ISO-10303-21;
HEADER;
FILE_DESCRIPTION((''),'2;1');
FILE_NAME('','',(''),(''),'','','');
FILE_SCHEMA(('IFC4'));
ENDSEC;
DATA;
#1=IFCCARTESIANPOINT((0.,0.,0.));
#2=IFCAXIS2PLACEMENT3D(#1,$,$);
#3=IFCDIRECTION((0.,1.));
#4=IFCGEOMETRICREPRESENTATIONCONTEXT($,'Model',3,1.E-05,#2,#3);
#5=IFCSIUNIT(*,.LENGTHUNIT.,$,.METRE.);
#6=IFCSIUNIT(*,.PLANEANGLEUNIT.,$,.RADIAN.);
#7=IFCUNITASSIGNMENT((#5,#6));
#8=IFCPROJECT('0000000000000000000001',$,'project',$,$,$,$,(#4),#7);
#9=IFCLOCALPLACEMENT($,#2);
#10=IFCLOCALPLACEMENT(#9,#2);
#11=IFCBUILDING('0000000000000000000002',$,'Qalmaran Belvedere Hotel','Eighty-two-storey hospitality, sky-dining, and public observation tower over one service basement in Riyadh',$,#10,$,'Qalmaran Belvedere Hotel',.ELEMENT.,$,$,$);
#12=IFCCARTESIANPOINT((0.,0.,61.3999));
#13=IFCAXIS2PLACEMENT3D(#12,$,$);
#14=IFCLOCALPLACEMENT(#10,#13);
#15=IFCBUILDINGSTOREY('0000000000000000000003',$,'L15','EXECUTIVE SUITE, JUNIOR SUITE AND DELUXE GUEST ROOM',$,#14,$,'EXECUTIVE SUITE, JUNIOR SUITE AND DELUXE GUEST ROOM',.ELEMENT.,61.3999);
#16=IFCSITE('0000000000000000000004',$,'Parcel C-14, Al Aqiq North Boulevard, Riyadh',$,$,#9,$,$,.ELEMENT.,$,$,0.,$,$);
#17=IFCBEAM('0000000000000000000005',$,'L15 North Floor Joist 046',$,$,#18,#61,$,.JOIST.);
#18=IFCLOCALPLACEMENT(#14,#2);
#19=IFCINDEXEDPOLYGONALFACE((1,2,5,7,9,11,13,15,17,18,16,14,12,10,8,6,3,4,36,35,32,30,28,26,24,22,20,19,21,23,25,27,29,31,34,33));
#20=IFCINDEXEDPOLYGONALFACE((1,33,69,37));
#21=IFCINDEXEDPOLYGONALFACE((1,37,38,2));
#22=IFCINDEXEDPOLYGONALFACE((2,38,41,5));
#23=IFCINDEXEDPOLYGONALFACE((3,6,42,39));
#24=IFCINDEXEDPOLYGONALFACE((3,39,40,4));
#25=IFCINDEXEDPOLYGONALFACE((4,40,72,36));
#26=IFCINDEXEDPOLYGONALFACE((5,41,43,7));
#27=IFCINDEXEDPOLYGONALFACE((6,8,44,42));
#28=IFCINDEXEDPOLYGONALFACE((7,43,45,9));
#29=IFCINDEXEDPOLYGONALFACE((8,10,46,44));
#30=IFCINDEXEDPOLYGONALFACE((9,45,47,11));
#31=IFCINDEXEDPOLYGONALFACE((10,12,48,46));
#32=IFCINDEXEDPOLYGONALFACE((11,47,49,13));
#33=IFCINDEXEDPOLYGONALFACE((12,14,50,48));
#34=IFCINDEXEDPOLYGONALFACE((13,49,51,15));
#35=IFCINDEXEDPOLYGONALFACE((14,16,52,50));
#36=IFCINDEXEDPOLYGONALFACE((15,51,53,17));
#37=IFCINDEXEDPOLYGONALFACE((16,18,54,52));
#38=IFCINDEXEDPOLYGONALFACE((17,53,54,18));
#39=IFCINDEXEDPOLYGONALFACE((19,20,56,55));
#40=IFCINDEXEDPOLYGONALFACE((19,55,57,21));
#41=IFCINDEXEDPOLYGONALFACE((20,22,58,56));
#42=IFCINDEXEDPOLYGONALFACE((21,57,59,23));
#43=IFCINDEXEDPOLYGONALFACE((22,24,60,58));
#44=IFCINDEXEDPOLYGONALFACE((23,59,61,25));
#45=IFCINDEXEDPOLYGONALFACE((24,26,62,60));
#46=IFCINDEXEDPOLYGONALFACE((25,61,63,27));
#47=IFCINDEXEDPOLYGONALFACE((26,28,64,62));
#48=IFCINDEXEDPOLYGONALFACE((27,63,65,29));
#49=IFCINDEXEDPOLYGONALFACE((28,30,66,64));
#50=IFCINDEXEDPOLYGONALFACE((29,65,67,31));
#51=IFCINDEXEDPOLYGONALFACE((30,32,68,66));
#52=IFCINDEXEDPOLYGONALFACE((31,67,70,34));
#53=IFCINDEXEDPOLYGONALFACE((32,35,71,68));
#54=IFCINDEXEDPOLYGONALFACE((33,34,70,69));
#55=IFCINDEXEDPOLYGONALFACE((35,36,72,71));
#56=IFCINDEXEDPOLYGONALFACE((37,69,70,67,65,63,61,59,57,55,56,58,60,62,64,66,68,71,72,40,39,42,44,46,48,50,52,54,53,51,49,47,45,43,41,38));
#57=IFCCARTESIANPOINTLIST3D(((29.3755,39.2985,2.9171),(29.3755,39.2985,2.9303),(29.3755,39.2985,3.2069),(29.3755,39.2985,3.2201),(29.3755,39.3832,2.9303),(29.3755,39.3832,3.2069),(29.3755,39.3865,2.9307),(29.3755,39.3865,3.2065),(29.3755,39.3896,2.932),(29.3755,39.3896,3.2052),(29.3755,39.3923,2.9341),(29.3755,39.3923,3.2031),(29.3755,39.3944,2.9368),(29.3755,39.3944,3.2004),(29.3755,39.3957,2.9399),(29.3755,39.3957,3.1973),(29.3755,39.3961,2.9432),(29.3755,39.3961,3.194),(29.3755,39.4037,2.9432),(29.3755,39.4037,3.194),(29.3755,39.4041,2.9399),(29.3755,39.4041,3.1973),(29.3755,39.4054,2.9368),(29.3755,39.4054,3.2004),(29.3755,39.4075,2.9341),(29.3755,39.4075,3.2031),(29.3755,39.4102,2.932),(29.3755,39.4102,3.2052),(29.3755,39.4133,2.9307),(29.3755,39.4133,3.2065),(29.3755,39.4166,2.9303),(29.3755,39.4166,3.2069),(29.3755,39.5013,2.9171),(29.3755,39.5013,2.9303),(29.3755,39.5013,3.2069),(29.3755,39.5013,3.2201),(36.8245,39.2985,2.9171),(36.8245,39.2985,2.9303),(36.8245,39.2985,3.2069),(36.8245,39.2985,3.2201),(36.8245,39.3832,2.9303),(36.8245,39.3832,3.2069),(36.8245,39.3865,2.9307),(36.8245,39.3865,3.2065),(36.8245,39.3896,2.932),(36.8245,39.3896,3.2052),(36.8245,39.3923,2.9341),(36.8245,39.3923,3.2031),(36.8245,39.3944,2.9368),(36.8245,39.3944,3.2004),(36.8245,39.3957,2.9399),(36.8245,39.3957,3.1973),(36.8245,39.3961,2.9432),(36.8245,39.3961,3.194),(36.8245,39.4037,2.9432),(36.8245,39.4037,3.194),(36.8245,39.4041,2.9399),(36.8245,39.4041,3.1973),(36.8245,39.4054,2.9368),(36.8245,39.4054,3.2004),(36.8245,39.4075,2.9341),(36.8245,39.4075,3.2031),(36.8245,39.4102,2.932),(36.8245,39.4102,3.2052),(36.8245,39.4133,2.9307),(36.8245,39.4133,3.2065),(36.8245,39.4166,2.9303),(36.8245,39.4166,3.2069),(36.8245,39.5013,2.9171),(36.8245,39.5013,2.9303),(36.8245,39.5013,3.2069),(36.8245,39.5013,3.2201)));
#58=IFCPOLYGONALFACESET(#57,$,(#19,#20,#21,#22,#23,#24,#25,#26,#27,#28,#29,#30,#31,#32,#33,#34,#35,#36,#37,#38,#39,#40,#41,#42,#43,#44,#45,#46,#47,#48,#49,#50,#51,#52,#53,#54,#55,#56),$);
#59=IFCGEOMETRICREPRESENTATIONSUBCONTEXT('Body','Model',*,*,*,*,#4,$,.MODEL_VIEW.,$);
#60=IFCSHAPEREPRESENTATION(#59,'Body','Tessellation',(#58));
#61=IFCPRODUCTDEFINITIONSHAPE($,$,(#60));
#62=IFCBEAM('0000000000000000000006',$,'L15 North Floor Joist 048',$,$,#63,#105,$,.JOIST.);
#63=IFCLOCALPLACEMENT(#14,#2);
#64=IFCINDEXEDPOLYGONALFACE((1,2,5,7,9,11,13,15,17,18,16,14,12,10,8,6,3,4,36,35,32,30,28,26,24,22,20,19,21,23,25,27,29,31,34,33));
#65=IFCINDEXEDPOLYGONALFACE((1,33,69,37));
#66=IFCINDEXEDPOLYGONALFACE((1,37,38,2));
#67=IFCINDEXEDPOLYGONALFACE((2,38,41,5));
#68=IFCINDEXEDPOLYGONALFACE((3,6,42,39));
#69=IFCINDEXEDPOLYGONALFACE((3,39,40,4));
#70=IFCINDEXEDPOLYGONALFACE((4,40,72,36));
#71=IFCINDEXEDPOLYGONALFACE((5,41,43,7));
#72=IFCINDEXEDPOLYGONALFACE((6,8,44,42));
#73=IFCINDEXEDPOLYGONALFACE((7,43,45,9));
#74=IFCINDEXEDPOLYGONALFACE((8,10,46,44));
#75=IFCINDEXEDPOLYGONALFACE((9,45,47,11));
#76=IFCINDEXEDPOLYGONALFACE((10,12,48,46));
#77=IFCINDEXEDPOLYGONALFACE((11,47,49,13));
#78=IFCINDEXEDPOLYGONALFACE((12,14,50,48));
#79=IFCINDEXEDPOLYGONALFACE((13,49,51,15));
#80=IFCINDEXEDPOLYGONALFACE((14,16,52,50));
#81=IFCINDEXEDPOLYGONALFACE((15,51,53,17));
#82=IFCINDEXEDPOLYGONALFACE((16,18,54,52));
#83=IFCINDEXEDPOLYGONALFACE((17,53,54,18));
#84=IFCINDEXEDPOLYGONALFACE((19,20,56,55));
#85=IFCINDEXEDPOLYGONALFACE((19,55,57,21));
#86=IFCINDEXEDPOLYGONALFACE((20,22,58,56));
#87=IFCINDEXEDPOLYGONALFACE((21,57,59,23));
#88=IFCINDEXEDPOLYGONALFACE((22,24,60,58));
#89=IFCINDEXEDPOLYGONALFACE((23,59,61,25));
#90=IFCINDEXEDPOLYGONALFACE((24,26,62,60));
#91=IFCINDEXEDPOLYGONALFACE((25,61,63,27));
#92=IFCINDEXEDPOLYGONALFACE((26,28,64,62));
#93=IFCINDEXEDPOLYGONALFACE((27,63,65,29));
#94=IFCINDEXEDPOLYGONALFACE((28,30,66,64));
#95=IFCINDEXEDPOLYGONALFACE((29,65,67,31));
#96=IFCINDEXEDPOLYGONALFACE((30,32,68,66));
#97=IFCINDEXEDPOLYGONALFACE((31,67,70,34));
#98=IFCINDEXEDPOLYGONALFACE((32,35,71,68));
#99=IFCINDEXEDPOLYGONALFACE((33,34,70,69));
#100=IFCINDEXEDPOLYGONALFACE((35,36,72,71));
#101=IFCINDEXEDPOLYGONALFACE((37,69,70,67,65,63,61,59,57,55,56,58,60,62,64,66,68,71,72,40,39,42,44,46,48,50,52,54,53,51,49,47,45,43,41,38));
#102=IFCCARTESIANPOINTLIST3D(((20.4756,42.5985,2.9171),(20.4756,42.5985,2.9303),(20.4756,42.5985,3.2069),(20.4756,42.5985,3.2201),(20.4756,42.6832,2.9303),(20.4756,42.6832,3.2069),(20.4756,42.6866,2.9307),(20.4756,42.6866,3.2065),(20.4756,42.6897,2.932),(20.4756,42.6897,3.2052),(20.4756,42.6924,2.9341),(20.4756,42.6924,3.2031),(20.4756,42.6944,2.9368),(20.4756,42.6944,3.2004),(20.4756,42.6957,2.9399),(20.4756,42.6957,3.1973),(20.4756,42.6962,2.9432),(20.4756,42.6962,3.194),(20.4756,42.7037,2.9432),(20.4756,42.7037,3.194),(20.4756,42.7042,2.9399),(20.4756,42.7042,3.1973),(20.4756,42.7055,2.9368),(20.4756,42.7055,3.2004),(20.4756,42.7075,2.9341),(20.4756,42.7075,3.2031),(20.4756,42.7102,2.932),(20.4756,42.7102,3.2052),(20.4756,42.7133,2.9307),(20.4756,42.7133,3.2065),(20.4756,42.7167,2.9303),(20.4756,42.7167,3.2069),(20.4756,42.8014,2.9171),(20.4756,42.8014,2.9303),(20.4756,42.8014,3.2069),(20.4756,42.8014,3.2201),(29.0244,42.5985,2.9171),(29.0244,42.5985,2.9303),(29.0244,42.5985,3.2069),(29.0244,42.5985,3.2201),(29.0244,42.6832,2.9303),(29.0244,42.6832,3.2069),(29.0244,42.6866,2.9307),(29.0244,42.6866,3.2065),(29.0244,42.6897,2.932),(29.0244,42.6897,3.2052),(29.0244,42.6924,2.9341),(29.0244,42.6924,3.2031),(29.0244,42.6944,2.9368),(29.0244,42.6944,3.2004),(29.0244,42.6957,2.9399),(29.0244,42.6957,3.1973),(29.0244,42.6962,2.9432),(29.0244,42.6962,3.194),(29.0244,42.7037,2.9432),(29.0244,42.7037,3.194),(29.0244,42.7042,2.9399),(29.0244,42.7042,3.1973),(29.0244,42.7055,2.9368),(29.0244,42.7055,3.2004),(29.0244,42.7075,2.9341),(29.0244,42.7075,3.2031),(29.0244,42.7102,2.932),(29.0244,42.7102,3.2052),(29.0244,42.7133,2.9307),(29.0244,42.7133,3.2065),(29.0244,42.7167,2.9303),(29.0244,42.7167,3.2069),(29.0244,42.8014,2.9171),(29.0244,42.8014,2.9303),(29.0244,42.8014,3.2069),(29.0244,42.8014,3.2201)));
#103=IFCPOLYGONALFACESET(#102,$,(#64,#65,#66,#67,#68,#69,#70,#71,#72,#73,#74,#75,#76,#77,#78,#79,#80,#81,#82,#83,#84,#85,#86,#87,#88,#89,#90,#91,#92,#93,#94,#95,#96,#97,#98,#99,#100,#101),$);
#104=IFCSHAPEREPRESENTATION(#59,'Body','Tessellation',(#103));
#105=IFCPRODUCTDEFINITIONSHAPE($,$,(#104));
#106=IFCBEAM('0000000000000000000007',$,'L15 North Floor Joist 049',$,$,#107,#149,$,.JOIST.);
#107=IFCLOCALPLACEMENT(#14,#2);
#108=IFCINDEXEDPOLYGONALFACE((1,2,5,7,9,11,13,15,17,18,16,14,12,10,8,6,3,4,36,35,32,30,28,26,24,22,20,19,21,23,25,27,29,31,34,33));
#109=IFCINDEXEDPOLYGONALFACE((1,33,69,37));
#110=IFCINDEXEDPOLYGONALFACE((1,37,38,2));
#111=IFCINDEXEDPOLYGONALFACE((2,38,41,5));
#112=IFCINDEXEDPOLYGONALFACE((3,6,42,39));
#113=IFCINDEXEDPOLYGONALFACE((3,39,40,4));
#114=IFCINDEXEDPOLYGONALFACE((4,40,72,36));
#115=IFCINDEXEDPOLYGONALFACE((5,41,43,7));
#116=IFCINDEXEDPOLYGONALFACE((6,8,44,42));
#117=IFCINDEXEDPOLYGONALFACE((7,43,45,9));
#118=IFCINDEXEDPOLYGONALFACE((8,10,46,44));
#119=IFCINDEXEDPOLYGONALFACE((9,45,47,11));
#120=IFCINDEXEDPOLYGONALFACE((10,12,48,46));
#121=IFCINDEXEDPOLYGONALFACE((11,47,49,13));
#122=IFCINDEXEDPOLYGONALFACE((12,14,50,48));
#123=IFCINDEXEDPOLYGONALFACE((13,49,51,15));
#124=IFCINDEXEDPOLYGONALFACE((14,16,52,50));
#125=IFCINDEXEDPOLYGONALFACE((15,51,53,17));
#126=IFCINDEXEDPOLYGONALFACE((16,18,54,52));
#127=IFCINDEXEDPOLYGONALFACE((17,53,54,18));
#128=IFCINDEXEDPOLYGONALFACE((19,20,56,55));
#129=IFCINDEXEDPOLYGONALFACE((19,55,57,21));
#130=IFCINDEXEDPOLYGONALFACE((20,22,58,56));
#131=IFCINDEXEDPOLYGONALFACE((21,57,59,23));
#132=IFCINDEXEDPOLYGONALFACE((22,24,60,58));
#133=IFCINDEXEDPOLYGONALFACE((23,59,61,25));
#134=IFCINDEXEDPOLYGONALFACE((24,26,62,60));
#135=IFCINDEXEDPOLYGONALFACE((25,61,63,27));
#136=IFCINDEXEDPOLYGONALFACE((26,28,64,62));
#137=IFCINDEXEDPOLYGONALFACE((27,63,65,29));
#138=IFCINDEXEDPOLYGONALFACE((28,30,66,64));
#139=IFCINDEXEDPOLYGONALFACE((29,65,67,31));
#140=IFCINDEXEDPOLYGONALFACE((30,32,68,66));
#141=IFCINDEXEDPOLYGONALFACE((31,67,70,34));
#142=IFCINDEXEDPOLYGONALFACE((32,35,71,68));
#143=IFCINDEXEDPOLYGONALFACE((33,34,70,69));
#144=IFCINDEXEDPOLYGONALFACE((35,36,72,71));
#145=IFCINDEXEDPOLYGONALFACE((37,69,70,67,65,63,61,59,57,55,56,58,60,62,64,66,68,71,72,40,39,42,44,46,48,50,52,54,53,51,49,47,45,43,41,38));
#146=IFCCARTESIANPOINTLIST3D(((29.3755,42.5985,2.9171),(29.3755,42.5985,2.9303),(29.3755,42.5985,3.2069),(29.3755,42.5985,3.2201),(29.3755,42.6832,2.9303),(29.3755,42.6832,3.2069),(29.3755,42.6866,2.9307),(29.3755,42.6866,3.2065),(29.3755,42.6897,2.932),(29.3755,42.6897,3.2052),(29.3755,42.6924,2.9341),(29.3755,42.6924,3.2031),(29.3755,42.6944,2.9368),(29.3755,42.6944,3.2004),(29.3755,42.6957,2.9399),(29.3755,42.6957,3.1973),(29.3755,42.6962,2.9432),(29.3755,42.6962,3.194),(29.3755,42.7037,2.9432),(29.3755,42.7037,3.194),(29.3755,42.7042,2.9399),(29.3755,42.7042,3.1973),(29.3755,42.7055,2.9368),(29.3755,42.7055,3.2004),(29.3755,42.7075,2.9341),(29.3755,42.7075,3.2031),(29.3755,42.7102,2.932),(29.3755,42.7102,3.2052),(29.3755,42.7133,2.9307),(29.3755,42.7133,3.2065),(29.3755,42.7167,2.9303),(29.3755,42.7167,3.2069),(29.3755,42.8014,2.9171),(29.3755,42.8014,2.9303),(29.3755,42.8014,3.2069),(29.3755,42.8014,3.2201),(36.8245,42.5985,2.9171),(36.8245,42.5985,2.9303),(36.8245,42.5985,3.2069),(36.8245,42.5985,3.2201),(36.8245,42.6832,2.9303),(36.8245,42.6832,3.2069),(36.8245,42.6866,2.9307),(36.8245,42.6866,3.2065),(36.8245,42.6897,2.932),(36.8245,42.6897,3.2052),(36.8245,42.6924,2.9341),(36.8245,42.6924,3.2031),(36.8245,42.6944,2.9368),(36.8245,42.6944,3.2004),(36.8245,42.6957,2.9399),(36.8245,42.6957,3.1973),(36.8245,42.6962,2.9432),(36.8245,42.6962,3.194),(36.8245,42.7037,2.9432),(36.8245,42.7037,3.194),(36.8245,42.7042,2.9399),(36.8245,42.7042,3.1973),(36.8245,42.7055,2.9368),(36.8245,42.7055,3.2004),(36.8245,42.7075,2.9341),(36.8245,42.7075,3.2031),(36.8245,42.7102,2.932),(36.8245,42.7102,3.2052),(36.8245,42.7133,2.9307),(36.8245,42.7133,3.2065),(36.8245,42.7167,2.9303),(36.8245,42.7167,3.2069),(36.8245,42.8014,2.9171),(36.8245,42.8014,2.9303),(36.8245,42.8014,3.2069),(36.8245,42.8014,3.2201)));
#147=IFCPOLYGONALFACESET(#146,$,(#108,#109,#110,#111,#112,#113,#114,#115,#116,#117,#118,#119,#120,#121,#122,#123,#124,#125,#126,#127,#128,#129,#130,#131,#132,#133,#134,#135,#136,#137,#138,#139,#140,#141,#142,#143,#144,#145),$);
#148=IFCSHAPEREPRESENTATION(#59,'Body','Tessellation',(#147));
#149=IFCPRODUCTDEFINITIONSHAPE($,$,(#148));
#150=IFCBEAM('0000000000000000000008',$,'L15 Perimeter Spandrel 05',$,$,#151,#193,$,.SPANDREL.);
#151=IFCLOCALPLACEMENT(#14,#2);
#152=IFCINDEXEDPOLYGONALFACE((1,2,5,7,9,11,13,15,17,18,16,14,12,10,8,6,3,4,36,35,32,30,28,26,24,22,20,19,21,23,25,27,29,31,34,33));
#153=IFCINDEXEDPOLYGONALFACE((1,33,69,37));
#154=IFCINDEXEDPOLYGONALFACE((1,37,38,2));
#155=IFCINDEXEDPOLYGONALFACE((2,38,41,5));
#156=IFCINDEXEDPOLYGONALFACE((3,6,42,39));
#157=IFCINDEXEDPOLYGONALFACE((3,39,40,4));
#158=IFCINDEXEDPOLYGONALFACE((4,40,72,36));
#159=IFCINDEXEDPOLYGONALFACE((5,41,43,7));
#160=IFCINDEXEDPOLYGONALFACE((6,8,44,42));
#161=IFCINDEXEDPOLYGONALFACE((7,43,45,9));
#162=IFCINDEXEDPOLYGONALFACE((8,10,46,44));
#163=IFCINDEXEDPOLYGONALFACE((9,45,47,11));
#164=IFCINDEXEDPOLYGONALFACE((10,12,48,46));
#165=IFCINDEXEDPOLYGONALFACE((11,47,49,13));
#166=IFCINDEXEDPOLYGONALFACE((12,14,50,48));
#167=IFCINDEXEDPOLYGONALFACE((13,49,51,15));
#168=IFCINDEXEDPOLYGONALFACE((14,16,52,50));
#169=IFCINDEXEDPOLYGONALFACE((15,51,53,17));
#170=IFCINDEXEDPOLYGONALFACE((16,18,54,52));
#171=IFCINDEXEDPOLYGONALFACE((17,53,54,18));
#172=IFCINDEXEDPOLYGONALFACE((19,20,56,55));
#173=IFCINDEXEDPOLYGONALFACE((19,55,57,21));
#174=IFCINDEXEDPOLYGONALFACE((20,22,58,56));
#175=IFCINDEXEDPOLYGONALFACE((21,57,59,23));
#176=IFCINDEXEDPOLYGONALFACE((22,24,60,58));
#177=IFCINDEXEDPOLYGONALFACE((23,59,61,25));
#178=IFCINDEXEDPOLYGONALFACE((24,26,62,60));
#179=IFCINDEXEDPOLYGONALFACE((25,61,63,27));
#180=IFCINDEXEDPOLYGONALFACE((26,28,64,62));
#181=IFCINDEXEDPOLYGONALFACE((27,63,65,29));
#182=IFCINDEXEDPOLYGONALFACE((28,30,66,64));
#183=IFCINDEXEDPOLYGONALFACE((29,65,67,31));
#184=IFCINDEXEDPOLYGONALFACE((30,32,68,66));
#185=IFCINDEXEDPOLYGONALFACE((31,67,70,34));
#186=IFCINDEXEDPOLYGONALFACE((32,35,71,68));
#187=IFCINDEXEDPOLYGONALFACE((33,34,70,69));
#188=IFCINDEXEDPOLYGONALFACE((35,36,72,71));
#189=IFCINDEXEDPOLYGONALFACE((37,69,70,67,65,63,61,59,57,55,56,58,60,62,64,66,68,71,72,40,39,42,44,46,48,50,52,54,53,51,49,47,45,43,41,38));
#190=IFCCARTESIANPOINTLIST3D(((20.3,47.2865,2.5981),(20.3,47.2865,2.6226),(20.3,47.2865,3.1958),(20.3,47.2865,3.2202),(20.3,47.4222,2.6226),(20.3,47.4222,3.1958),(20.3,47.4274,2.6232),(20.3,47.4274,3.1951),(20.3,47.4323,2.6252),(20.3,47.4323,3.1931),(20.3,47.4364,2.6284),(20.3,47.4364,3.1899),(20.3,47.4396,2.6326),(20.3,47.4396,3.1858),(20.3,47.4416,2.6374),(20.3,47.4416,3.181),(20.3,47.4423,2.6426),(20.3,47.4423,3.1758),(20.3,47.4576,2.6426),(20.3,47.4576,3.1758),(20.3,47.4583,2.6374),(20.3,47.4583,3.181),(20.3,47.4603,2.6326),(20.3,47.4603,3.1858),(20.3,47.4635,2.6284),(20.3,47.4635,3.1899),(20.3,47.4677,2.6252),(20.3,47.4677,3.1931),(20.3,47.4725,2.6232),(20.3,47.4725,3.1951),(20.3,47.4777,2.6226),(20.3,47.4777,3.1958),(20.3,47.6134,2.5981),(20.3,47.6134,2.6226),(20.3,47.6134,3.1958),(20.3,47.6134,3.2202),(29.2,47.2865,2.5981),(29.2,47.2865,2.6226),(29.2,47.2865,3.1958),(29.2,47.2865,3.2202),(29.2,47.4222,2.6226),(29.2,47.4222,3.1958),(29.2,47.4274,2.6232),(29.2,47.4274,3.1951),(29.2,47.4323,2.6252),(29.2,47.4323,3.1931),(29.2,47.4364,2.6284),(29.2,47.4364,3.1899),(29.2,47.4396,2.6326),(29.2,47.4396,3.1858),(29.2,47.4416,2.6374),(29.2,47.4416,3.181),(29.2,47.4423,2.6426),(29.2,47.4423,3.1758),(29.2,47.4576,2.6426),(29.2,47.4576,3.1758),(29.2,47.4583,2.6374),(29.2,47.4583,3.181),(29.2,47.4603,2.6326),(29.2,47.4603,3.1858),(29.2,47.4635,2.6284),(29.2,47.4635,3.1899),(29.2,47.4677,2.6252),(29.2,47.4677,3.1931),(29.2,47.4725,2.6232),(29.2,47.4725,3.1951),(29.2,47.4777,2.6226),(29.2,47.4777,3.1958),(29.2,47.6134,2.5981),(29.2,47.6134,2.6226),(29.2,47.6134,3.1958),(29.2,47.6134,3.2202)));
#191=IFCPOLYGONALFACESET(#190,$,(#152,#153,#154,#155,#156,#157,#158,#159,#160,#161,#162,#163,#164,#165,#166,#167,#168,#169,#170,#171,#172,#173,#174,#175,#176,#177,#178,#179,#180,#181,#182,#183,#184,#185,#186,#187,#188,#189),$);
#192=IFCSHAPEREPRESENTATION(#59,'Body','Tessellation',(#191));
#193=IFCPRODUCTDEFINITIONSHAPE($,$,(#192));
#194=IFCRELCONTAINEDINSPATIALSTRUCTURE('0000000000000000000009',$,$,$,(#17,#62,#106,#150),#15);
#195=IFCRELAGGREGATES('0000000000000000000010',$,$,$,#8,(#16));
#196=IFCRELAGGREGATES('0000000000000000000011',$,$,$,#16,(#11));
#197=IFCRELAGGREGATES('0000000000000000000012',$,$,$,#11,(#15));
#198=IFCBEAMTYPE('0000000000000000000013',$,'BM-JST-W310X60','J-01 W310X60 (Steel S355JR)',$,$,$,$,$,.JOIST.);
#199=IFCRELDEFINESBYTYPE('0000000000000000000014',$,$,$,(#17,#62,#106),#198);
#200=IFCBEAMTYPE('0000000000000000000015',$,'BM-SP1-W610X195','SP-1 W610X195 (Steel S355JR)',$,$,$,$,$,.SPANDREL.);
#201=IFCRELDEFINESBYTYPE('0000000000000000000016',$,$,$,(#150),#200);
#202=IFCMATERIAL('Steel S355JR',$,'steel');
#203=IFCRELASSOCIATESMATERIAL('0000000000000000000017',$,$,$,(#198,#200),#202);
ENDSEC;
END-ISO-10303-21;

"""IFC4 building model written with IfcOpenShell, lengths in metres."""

from ifc_helpers import new_model, si_unit, direction, frame, origin, origin_2d, place, context, subcontext, project, spatial, i_section, extrude, material, material_profile, profile_set, type_object, element, save


model = new_model("IFC4")

# Units and contexts
model_context = context("Model", 3, precision=1e-05, world=origin(), true_north=direction((0.0, 1.0)))
body_context = subcontext(model_context, "Body", "Model", "MODEL_VIEW")
ifc_project = project(units=[si_unit("LENGTHUNIT", "METRE"), si_unit("PLANEANGLEUNIT", "RADIAN")], contexts=[model_context])

# Site, building, storey
site_placement = place(None, origin())
site = spatial("IfcSite", under=ifc_project, at=site_placement, Name="Parcel C-14, Al Aqiq North Boulevard, Riyadh", CompositionType="ELEMENT", RefElevation=0.0)
building_placement = place(site_placement, origin())
building = spatial("IfcBuilding", under=site, at=building_placement, Name="Qalmaran Belvedere Hotel", Description="Eighty-two-storey hospitality, sky-dining, and public observation tower over one service basement in Riyadh", LongName="Qalmaran Belvedere Hotel", CompositionType="ELEMENT")
storey_placement = place(building_placement, frame((0.0, 0.0, 61.3999)))
storey = spatial("IfcBuildingStorey", under=building, at=storey_placement, Name="L15", Description="EXECUTIVE SUITE, JUNIOR SUITE AND DELUXE GUEST ROOM", LongName="EXECUTIVE SUITE, JUNIOR SUITE AND DELUXE GUEST ROOM", CompositionType="ELEMENT", Elevation=61.3999)

# Beams
ifc_material_1 = material(Name="Steel S355JR", Category="steel")
ifc_material_profile_1 = material_profile(ifc_material_1, i_section(OverallWidth=0.2029, OverallDepth=0.303, WebThickness=0.0076, FlangeThickness=0.0132, FilletRadius=0.0129, at=origin_2d()), Name="W310X60")
ifc_profile_set_1 = profile_set([ifc_material_profile_1], Name="Steel S355JR")
beam_type_1 = type_object("IfcBeamType", Name="BM-JST-W310X60", Description="J-01 W310X60 (Steel S355JR)", PredefinedType="JOIST", material=ifc_profile_set_1)
beam_1_placement = place(storey_placement, frame((29.3755, 39.3999, 3.0686), z_axis=(1.0, 0.0, 0.0), x_axis=(0.0, 1.0, 0.0)))
element("IfcBeam", 1, at=beam_1_placement, inside=storey, type_object=beam_type_1, Name="L15 North Floor Joist 046", PredefinedType="JOIST", context=body_context, shape_type="SweptSolid", body=[
    extrude(i_section(OverallWidth=0.2029, OverallDepth=0.303, WebThickness=0.0076, FlangeThickness=0.0132, FilletRadius=0.0129, at=origin_2d()), origin(), (0.0, 0.0, 1.0), 7.449),
])
beam_2_placement = place(storey_placement, frame((20.4756, 42.7, 3.0686), z_axis=(1.0, 0.0, 0.0), x_axis=(0.0, 1.0, 0.0)))
element("IfcBeam", 2, at=beam_2_placement, inside=storey, type_object=beam_type_1, Name="L15 North Floor Joist 048", PredefinedType="JOIST", context=body_context, shape_type="SweptSolid", body=[
    extrude(i_section(OverallWidth=0.2029, OverallDepth=0.303, WebThickness=0.0076, FlangeThickness=0.0132, FilletRadius=0.0129, at=origin_2d()), origin(), (0.0, 0.0, 1.0), 8.5488),
])
beam_3_placement = place(storey_placement, frame((29.3755, 42.7, 3.0686), z_axis=(1.0, 0.0, 0.0), x_axis=(0.0, 1.0, 0.0)))
element("IfcBeam", 3, at=beam_3_placement, inside=storey, type_object=beam_type_1, Name="L15 North Floor Joist 049", PredefinedType="JOIST", context=body_context, shape_type="SweptSolid", body=[
    extrude(i_section(OverallWidth=0.2029, OverallDepth=0.303, WebThickness=0.0076, FlangeThickness=0.0132, FilletRadius=0.0129, at=origin_2d()), origin(), (0.0, 0.0, 1.0), 7.449),
])
ifc_material_profile_2 = material_profile(ifc_material_1, i_section(OverallWidth=0.3269, OverallDepth=0.6221, WebThickness=0.0154, FlangeThickness=0.0244, FilletRadius=0.02, at=origin_2d()), Name="W610X195")
ifc_profile_set_2 = profile_set([ifc_material_profile_2], Name="Steel S355JR")
beam_type_2 = type_object("IfcBeamType", Name="BM-SP1-W610X195", Description="SP-1 W610X195 (Steel S355JR)", PredefinedType="SPANDREL", material=ifc_profile_set_2)
beam_4_placement = place(storey_placement, frame((20.3, 47.45, 2.9092), z_axis=(1.0, 0.0, 0.0), x_axis=(0.0, 1.0, 0.0)))
element("IfcBeam", 4, at=beam_4_placement, inside=storey, type_object=beam_type_2, Name="L15 Perimeter Spandrel 05", PredefinedType="SPANDREL", context=body_context, shape_type="SweptSolid", body=[
    extrude(i_section(OverallWidth=0.3269, OverallDepth=0.6221, WebThickness=0.0154, FlangeThickness=0.0244, FilletRadius=0.02, at=origin_2d()), origin(), (0.0, 0.0, 1.0), 8.8999),
])

save(model, "model.ifc")
